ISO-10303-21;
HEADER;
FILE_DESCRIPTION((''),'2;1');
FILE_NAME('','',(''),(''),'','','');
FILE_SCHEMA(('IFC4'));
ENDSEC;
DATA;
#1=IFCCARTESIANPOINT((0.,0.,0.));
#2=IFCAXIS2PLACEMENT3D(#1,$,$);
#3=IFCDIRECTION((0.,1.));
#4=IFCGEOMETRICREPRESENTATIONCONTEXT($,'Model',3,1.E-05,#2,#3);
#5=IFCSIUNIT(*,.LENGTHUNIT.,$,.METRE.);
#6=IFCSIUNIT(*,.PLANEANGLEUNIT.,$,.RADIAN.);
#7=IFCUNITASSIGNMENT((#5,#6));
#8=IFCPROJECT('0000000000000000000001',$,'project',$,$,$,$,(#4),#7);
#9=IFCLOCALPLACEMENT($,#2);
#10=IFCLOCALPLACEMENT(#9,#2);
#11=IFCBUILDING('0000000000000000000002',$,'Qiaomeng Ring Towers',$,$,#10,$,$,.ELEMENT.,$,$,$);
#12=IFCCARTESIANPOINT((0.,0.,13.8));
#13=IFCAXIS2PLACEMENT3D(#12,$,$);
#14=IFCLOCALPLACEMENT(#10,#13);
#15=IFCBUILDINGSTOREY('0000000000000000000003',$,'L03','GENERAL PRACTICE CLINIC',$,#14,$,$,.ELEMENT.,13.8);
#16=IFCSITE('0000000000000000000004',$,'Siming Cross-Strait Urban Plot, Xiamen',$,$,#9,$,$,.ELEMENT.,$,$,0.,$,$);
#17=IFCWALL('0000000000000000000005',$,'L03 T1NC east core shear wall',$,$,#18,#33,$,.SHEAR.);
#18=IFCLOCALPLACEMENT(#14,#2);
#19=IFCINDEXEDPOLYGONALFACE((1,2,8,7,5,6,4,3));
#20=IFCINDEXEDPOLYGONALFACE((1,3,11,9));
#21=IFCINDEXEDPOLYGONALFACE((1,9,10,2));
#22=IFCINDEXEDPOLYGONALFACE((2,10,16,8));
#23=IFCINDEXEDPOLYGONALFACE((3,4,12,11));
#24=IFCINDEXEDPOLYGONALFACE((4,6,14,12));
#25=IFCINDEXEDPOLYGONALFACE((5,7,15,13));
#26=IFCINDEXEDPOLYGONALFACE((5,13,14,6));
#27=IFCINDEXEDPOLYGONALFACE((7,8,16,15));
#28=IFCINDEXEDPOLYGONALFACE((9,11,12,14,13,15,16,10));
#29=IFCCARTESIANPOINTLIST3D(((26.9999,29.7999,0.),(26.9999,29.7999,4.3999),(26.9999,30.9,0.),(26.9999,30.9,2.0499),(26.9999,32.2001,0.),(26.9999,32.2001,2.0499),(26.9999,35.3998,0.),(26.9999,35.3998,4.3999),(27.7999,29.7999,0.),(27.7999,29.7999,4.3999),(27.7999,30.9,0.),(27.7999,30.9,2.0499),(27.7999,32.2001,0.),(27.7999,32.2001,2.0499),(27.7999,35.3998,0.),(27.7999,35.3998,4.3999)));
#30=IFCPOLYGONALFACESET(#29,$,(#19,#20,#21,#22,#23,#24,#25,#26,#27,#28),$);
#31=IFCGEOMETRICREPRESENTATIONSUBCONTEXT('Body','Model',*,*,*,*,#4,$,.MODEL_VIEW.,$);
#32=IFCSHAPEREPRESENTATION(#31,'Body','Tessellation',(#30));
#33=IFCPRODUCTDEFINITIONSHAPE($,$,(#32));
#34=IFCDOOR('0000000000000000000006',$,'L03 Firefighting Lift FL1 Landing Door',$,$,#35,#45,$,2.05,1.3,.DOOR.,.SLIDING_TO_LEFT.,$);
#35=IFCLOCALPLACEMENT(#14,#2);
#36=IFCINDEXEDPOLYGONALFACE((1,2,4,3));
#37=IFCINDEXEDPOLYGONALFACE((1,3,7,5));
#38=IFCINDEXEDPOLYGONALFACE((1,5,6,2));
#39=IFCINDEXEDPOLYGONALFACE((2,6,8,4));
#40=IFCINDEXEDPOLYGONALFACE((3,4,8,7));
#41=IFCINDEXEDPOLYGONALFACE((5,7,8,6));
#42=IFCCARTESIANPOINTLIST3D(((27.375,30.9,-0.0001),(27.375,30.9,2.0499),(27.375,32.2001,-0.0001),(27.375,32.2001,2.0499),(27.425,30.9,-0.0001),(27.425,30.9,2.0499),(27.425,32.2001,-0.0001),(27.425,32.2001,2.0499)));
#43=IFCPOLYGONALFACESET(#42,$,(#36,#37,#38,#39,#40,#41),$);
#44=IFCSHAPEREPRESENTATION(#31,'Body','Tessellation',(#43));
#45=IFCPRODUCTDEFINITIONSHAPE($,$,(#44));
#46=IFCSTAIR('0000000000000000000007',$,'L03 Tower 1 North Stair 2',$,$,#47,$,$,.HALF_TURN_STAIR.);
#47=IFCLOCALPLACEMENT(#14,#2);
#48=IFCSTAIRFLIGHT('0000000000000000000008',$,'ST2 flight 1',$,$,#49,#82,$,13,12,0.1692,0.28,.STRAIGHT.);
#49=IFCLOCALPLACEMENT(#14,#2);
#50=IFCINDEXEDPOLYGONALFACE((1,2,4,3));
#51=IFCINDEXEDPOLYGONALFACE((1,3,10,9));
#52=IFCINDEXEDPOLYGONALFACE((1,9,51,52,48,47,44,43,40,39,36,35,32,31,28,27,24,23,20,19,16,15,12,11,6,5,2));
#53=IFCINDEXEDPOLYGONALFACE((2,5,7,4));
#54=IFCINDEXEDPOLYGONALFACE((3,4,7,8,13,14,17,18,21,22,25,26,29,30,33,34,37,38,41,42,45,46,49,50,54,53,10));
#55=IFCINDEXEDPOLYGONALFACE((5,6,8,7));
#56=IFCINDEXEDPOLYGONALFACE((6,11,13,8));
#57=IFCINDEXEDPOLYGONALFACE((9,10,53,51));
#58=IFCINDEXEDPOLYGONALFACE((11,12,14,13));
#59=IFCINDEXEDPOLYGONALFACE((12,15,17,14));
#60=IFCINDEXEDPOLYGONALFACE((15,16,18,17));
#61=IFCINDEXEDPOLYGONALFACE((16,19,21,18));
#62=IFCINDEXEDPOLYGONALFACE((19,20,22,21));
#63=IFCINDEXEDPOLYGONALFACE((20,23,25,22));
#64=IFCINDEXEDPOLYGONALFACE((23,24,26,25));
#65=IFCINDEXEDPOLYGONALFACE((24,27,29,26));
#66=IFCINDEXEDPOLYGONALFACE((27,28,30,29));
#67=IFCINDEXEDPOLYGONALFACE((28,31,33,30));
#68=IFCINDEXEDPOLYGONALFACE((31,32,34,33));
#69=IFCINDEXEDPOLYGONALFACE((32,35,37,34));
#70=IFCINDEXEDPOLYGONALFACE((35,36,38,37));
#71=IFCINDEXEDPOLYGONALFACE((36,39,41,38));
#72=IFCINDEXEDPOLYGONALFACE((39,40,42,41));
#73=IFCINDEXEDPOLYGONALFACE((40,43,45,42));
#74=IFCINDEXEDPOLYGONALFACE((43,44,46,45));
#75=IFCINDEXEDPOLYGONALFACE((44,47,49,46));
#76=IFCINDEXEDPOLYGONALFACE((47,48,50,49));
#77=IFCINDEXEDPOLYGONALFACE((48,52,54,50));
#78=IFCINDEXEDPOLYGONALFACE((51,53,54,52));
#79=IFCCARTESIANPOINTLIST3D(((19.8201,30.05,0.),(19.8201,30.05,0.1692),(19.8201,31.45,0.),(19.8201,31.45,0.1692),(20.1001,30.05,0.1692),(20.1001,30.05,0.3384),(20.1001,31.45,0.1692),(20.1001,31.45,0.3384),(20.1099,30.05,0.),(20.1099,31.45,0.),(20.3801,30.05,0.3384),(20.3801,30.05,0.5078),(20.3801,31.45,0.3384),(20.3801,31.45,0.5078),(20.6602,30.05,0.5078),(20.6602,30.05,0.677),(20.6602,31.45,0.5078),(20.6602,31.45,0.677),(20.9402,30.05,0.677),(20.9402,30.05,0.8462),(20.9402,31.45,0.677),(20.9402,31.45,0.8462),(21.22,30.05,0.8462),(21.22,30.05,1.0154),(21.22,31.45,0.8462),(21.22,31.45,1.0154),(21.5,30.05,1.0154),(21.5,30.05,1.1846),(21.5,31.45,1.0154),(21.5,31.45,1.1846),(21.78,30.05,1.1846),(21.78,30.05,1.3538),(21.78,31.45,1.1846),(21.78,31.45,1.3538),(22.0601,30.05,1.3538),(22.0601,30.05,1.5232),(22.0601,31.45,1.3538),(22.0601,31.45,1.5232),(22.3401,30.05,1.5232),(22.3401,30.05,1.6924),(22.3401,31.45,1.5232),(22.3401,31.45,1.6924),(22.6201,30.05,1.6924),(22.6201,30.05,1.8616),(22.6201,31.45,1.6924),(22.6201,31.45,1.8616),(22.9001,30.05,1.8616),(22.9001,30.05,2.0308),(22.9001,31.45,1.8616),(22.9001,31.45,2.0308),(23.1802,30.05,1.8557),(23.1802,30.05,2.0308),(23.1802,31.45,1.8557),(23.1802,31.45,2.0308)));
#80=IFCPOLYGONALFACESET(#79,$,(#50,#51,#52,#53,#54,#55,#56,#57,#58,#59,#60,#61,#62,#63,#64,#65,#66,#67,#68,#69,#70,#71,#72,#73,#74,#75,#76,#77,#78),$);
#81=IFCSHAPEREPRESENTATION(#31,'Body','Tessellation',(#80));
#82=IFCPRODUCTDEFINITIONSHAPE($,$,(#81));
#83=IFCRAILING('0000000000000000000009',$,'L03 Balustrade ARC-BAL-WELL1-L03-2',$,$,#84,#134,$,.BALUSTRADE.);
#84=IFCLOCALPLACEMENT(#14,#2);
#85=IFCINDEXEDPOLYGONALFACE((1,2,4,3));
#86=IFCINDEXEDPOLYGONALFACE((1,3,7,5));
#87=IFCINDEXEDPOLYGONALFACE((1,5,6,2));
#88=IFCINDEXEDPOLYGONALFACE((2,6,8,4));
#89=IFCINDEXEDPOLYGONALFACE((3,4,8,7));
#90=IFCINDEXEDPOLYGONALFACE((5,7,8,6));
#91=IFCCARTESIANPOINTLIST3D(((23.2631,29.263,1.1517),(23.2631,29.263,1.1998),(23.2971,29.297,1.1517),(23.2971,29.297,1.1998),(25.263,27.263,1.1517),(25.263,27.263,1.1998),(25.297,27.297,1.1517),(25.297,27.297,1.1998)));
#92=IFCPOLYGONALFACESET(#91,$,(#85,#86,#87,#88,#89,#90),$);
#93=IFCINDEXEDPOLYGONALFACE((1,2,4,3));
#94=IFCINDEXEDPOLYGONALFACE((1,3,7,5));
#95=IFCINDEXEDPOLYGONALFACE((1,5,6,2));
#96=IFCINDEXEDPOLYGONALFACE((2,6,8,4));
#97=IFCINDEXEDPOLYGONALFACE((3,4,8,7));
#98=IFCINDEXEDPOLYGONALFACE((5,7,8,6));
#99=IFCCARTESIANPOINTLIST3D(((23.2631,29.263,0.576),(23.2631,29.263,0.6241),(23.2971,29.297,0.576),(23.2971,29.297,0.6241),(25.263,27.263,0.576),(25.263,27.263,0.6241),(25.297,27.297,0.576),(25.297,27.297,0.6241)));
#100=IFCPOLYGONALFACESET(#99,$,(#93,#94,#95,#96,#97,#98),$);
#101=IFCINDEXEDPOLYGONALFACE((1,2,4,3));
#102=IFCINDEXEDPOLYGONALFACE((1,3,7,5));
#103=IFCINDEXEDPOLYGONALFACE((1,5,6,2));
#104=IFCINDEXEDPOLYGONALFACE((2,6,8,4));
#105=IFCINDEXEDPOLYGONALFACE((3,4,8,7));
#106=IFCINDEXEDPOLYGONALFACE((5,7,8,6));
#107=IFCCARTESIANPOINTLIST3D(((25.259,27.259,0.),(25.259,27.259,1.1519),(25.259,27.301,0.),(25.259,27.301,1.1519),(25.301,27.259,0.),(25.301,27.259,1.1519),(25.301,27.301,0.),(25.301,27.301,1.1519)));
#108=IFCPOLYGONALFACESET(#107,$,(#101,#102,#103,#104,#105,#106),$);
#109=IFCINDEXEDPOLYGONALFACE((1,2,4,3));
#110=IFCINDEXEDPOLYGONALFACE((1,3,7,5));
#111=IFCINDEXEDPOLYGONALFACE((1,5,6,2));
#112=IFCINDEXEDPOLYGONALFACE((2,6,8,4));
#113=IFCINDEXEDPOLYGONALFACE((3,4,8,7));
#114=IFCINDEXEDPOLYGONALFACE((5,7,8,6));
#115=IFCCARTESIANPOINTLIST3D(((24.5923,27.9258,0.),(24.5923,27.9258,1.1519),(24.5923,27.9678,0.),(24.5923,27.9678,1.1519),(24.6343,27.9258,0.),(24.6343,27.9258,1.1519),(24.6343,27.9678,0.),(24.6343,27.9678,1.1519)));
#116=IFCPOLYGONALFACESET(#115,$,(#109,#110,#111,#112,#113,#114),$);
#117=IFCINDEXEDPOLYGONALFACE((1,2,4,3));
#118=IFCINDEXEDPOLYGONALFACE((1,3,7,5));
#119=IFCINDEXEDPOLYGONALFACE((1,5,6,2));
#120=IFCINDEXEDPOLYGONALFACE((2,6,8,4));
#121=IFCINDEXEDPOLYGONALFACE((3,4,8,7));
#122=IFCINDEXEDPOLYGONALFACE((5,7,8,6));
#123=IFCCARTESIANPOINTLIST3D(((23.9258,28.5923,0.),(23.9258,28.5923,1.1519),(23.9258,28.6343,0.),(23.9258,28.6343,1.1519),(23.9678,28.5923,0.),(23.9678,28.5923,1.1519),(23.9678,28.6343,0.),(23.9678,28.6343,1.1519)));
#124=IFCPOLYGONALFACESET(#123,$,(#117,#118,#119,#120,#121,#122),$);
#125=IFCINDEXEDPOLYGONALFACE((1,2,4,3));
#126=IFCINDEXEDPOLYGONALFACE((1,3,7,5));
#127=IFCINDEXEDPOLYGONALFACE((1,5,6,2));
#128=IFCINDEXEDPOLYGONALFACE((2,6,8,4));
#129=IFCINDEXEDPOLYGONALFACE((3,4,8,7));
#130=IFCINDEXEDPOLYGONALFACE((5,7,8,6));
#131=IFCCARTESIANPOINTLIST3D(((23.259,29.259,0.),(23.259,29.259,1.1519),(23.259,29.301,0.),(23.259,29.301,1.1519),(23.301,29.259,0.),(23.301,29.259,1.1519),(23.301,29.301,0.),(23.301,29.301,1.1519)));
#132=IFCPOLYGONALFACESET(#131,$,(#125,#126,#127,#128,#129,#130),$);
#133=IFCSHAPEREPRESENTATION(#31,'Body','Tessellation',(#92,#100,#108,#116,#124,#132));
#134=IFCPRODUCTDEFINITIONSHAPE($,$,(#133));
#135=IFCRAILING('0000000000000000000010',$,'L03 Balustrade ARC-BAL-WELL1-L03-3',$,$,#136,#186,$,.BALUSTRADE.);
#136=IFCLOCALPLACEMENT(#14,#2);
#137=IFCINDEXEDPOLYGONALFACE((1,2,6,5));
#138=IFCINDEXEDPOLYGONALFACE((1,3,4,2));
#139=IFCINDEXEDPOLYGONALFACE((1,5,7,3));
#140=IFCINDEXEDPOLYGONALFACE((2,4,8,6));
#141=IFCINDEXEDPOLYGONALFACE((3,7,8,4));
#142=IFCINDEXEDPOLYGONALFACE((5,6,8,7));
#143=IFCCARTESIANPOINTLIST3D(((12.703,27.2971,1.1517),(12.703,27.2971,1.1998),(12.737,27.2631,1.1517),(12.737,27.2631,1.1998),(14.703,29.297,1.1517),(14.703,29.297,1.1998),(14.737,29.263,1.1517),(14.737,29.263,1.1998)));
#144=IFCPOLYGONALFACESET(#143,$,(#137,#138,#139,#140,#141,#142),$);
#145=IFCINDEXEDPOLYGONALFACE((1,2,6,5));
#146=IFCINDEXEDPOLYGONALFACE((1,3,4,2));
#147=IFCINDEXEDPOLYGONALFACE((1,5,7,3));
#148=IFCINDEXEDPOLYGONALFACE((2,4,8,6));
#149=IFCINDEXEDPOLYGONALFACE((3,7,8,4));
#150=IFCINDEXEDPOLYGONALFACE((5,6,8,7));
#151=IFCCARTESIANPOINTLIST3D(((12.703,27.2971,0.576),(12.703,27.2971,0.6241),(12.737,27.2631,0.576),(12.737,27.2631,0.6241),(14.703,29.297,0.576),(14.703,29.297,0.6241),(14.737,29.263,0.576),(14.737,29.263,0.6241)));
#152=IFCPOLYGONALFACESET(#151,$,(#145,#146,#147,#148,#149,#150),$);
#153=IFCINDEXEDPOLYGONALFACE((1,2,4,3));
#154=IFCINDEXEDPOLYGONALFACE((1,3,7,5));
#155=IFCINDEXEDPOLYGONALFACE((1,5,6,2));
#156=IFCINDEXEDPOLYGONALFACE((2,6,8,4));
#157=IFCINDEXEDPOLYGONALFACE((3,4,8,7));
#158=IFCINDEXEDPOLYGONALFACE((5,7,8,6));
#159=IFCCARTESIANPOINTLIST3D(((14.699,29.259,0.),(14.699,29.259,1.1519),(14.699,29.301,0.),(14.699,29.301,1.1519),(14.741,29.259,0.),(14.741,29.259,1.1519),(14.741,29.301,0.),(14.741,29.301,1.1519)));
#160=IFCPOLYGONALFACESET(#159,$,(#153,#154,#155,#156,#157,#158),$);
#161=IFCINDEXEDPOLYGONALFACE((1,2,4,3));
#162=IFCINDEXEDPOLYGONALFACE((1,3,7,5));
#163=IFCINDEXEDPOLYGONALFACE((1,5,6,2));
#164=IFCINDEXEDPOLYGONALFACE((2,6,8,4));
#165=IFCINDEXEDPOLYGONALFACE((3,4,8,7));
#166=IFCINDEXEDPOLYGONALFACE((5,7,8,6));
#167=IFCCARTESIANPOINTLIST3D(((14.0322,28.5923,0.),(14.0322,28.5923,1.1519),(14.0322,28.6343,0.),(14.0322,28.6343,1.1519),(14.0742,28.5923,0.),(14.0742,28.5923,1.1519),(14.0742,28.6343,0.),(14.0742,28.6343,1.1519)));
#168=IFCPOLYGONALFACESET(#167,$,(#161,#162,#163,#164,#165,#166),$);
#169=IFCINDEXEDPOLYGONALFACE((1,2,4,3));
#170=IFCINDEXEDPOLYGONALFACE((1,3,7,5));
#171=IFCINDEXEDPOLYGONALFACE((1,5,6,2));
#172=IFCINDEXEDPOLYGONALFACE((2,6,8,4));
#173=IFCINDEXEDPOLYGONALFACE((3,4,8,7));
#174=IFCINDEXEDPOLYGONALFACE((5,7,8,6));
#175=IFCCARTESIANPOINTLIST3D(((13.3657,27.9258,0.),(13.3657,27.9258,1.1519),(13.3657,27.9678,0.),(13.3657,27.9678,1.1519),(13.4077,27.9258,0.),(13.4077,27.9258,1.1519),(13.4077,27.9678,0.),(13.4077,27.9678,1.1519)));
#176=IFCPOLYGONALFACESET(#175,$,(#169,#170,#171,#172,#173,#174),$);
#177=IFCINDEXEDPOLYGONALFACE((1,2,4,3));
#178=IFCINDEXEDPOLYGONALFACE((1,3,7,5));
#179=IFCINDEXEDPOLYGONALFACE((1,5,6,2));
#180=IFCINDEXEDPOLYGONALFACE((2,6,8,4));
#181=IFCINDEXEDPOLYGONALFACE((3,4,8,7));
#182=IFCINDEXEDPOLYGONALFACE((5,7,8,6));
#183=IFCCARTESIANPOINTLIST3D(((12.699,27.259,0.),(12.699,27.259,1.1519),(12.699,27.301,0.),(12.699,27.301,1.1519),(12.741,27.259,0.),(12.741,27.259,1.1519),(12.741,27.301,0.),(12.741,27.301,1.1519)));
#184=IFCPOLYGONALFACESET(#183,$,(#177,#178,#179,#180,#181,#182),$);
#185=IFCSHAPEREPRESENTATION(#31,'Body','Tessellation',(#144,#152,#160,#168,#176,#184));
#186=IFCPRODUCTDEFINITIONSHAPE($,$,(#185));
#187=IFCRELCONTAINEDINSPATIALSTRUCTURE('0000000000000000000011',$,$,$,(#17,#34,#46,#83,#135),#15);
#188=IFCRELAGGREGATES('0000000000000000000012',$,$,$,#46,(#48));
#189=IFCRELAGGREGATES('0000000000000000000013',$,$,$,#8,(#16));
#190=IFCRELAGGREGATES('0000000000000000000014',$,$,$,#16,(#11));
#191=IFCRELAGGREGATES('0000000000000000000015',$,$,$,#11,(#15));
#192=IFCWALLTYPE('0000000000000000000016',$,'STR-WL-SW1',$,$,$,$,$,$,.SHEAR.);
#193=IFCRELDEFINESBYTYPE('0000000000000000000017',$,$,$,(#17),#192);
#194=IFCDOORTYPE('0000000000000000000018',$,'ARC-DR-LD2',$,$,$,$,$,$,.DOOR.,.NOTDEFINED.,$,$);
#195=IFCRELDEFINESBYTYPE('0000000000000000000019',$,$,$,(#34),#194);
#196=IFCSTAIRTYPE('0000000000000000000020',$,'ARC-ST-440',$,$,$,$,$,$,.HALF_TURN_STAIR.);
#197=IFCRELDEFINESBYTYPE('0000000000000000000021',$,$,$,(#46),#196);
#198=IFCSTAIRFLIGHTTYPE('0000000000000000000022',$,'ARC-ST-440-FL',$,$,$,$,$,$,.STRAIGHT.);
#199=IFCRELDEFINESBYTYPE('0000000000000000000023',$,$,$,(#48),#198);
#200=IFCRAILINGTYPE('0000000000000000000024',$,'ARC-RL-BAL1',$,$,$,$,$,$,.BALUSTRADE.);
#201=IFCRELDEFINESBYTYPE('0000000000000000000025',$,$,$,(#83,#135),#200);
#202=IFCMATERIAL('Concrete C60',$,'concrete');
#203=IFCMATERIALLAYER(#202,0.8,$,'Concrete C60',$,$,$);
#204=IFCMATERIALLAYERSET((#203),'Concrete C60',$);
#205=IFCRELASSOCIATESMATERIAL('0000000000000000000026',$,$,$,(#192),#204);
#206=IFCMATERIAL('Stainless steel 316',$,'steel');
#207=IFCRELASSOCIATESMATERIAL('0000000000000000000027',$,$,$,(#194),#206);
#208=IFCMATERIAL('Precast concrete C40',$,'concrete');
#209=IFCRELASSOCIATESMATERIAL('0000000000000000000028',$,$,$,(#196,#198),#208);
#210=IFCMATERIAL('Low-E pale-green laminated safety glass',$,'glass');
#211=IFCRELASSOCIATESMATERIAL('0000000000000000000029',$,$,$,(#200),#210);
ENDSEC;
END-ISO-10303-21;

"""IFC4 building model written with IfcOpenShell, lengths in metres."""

from ifc_helpers import new_model, si_unit, direction, frame, frame_2d, origin, origin_2d, place, context, subcontext, project, spatial, polyline, rectangle, outline, extrude, source, transform, mapped, material, layer, layer_set, type_object, element, fill, aggregate, save


model = new_model("IFC4")

# Units and contexts
model_context = context("Model", 3, precision=1e-05, world=origin(), true_north=direction((0.0, 1.0)))
body_context = subcontext(model_context, "Body", "Model", "MODEL_VIEW")
ifc_project = project(units=[si_unit("LENGTHUNIT", "METRE"), si_unit("PLANEANGLEUNIT", "RADIAN")], contexts=[model_context])

# Site, building, storey
site_placement = place(None, origin())
site = spatial("IfcSite", under=ifc_project, at=site_placement, Name="Siming Cross-Strait Urban Plot, Xiamen", CompositionType="ELEMENT", RefElevation=0.0)
building_placement = place(site_placement, origin())
building = spatial("IfcBuilding", under=site, at=building_placement, Name="Qiaomeng Ring Towers", CompositionType="ELEMENT")
storey_placement = place(building_placement, frame((0.0, 0.0, 13.8)))
storey = spatial("IfcBuildingStorey", under=building, at=storey_placement, Name="L03", Description="GENERAL PRACTICE CLINIC", CompositionType="ELEMENT", Elevation=13.8)

# Wall, opening, door
ifc_material_1 = material(Name="Concrete C60", Category="concrete")
ifc_layer_1 = layer(ifc_material_1, 0.8, Name="Concrete C60")
ifc_layer_set_1 = layer_set([ifc_layer_1], Name="Concrete C60")
wall_type_1 = type_object("IfcWallType", Name="STR-WL-SW1", PredefinedType="SHEAR", material=ifc_layer_set_1)
wall_1_placement = place(storey_placement, frame((27.3999, 29.8, 0.0), z_axis=(0.0, 0.0, 1.0), x_axis=(0.0, 1.0, 0.0)))
wall_1 = element("IfcWall", 1, at=wall_1_placement, inside=storey, type_object=wall_type_1, Name="L03 T1NC east core shear wall", PredefinedType="SHEAR", context=body_context, shape_type="SweptSolid", body=[
    extrude(rectangle(XDim=5.5999, YDim=0.8, at=frame_2d((2.7998, 0.0))), origin(), (0.0, 0.0, 1.0), 4.3999),
])
opening_1_placement = place(wall_1_placement, frame((1.1001, 0.0, 0.0)))
opening_1 = element("IfcOpeningElement", 2, at=opening_1_placement, cuts=wall_1, PredefinedType="OPENING", context=body_context, shape_type="SweptSolid", body=[
    extrude(rectangle(XDim=1.3, YDim=2.05, at=frame_2d((0.6499, 1.0249))), frame((0.0, 0.4099, 0.0), z_axis=(0.0, -1.0, 0.0), x_axis=(1.0, 0.0, 0.0)), (0.0, 0.0, 1.0), 0.8201),
])
ifc_material_2 = material(Name="Stainless steel 316", Category="steel")
door_type_1 = type_object("IfcDoorType", Name="ARC-DR-LD2", OperationType="NOTDEFINED", PredefinedType="DOOR", material=ifc_material_2)
shared_shape_1 = source(origin(), body_context, "Body", "SweptSolid", [
    extrude(rectangle(XDim=1.3, YDim=2.05, at=frame_2d((0.6499, 1.0249))), frame((0.0, 0.0249, 0.0), z_axis=(0.0, -1.0, 0.0), x_axis=(1.0, 0.0, 0.0)), (0.0, 0.0, 1.0), 0.05),
])
door_1_placement = place(opening_1_placement, origin())
door_1 = element("IfcDoor", 3, at=door_1_placement, inside=storey, type_object=door_type_1, Name="L03 Firefighting Lift FL1 Landing Door", OperationType="SLIDING_TO_LEFT", OverallHeight=2.05, OverallWidth=1.3, PredefinedType="DOOR", context=body_context, shape_type="MappedRepresentation", body=[
    mapped(shared_shape_1, transform((0.0, 0.0, 0.0), x_axis=(1.0, 0.0, 0.0), y_axis=(0.0, 1.0, 0.0), z_axis=(0.0, 0.0, 1.0), scale=1.0)),
])
fill(opening_1, door_1)

# Stair, stair flight
ifc_material_3 = material(Name="Precast concrete C40", Category="concrete")
stair_type = type_object("IfcStairType", Name="ARC-ST-440", PredefinedType="HALF_TURN_STAIR", material=ifc_material_3)
stair_placement = place(storey_placement, origin())
stair = element("IfcStair", 4, at=stair_placement, inside=storey, type_object=stair_type, Name="L03 Tower 1 North Stair 2", PredefinedType="HALF_TURN_STAIR")
stair_flight_type = type_object("IfcStairFlightType", Name="ARC-ST-440-FL", PredefinedType="STRAIGHT", material=ifc_material_3)
shared_shape_2 = source(origin(), body_context, "Body", "SweptSolid", [
    extrude(outline(polyline([(0.0, 0.0), (0.0, 0.1692), (0.28, 0.1692), (0.28, 0.3384), (0.5601, 0.3384), (0.5601, 0.5078), (0.8401, 0.5078), (0.8401, 0.677), (1.1201, 0.677), (1.1201, 0.8462), (1.3999, 0.8462), (1.3999, 1.0154), (1.6799, 1.0154), (1.6799, 1.1846), (1.96, 1.1846), (1.96, 1.3538), (2.24, 1.3538), (2.24, 1.5232), (2.52, 1.5232), (2.52, 1.6924), (2.8, 1.6924), (2.8, 1.8616), (3.0801, 1.8616), (3.0801, 2.0308), (3.3601, 2.0308), (3.3601, 2.2), (3.3601, 1.8557), (0.2898, 0.0), (0.0, 0.0)])), frame((0.0, 0.7, 0.0), z_axis=(0.0, -1.0, 0.0), x_axis=(1.0, 0.0, 0.0)), (0.0, 0.0, 1.0), 1.3999),
])
stair_flight_placement = place(storey_placement, frame((19.8201, 30.75, 0.0), z_axis=(0.0, 0.0, 1.0), x_axis=(1.0, 0.0, 0.0)))
stair_flight = element("IfcStairFlight", 5, at=stair_flight_placement, type_object=stair_flight_type, Name="ST2 flight 1", NumberOfRisers=13, NumberOfTreads=12, PredefinedType="STRAIGHT", RiserHeight=0.1692, TreadLength=0.28, context=body_context, shape_type="MappedRepresentation", body=[
    mapped(shared_shape_2, transform((0.0, 0.0, 0.0), x_axis=(1.0, 0.0, 0.0), y_axis=(0.0, 1.0, 0.0), z_axis=(0.0, 0.0, 1.0), scale=1.0)),
])
aggregate(stair, [stair_flight])

# Railings
ifc_material_4 = material(Name="Low-E pale-green laminated safety glass", Category="glass")
railing_type_1 = type_object("IfcRailingType", Name="ARC-RL-BAL1", PredefinedType="BALUSTRADE", material=ifc_material_4)
railing_1_placement = place(storey_placement, frame((25.28, 27.28, 0.0)))
element("IfcRailing", 6, at=railing_1_placement, inside=storey, type_object=railing_type_1, Name="L03 Balustrade ARC-BAL-WELL1-L03-2", PredefinedType="BALUSTRADE", context=body_context, shape_type="SweptSolid", body=[
    extrude(rectangle(XDim=0.0481, YDim=0.0481, at=origin_2d()), frame((0.0, 0.0, 1.1758), z_axis=(-0.707107, 0.707107, 0.0), x_axis=(-0.707107, -0.707107, 0.0)), (0.0, 0.0, 1.0), 2.8284),
    extrude(rectangle(XDim=0.0481, YDim=0.0481, at=origin_2d()), frame((0.0, 0.0, 0.6001), z_axis=(-0.707107, 0.707107, 0.0), x_axis=(-0.707107, -0.707107, 0.0)), (0.0, 0.0, 1.0), 2.8284),
    extrude(rectangle(XDim=0.042, YDim=0.042, at=origin_2d()), origin(), (0.0, 0.0, 1.0), 1.1519),
    extrude(rectangle(XDim=0.042, YDim=0.042, at=origin_2d()), frame((-0.6667, 0.6667, 0.0)), (0.0, 0.0, 1.0), 1.1519),
    extrude(rectangle(XDim=0.042, YDim=0.042, at=origin_2d()), frame((-1.3333, 1.3333, 0.0)), (0.0, 0.0, 1.0), 1.1519),
    extrude(rectangle(XDim=0.042, YDim=0.042, at=origin_2d()), frame((-2.0, 2.0, 0.0)), (0.0, 0.0, 1.0), 1.1519),
])
railing_2_placement = place(storey_placement, frame((14.72, 29.28, 0.0)))
element("IfcRailing", 7, at=railing_2_placement, inside=storey, type_object=railing_type_1, Name="L03 Balustrade ARC-BAL-WELL1-L03-3", PredefinedType="BALUSTRADE", context=body_context, shape_type="SweptSolid", body=[
    extrude(rectangle(XDim=0.0481, YDim=0.0481, at=origin_2d()), frame((0.0, 0.0, 1.1758), z_axis=(-0.707107, -0.707107, 0.0), x_axis=(0.707107, -0.707107, 0.0)), (0.0, 0.0, 1.0), 2.8284),
    extrude(rectangle(XDim=0.0481, YDim=0.0481, at=origin_2d()), frame((0.0, 0.0, 0.6001), z_axis=(-0.707107, -0.707107, 0.0), x_axis=(0.707107, -0.707107, 0.0)), (0.0, 0.0, 1.0), 2.8284),
    extrude(rectangle(XDim=0.042, YDim=0.042, at=origin_2d()), origin(), (0.0, 0.0, 1.0), 1.1519),
    extrude(rectangle(XDim=0.042, YDim=0.042, at=origin_2d()), frame((-0.6667, -0.6667, 0.0)), (0.0, 0.0, 1.0), 1.1519),
    extrude(rectangle(XDim=0.042, YDim=0.042, at=origin_2d()), frame((-1.3333, -1.3333, 0.0)), (0.0, 0.0, 1.0), 1.1519),
    extrude(rectangle(XDim=0.042, YDim=0.042, at=origin_2d()), frame((-2.0, -2.0, 0.0)), (0.0, 0.0, 1.0), 1.1519),
])

save(model, "model.ifc")
